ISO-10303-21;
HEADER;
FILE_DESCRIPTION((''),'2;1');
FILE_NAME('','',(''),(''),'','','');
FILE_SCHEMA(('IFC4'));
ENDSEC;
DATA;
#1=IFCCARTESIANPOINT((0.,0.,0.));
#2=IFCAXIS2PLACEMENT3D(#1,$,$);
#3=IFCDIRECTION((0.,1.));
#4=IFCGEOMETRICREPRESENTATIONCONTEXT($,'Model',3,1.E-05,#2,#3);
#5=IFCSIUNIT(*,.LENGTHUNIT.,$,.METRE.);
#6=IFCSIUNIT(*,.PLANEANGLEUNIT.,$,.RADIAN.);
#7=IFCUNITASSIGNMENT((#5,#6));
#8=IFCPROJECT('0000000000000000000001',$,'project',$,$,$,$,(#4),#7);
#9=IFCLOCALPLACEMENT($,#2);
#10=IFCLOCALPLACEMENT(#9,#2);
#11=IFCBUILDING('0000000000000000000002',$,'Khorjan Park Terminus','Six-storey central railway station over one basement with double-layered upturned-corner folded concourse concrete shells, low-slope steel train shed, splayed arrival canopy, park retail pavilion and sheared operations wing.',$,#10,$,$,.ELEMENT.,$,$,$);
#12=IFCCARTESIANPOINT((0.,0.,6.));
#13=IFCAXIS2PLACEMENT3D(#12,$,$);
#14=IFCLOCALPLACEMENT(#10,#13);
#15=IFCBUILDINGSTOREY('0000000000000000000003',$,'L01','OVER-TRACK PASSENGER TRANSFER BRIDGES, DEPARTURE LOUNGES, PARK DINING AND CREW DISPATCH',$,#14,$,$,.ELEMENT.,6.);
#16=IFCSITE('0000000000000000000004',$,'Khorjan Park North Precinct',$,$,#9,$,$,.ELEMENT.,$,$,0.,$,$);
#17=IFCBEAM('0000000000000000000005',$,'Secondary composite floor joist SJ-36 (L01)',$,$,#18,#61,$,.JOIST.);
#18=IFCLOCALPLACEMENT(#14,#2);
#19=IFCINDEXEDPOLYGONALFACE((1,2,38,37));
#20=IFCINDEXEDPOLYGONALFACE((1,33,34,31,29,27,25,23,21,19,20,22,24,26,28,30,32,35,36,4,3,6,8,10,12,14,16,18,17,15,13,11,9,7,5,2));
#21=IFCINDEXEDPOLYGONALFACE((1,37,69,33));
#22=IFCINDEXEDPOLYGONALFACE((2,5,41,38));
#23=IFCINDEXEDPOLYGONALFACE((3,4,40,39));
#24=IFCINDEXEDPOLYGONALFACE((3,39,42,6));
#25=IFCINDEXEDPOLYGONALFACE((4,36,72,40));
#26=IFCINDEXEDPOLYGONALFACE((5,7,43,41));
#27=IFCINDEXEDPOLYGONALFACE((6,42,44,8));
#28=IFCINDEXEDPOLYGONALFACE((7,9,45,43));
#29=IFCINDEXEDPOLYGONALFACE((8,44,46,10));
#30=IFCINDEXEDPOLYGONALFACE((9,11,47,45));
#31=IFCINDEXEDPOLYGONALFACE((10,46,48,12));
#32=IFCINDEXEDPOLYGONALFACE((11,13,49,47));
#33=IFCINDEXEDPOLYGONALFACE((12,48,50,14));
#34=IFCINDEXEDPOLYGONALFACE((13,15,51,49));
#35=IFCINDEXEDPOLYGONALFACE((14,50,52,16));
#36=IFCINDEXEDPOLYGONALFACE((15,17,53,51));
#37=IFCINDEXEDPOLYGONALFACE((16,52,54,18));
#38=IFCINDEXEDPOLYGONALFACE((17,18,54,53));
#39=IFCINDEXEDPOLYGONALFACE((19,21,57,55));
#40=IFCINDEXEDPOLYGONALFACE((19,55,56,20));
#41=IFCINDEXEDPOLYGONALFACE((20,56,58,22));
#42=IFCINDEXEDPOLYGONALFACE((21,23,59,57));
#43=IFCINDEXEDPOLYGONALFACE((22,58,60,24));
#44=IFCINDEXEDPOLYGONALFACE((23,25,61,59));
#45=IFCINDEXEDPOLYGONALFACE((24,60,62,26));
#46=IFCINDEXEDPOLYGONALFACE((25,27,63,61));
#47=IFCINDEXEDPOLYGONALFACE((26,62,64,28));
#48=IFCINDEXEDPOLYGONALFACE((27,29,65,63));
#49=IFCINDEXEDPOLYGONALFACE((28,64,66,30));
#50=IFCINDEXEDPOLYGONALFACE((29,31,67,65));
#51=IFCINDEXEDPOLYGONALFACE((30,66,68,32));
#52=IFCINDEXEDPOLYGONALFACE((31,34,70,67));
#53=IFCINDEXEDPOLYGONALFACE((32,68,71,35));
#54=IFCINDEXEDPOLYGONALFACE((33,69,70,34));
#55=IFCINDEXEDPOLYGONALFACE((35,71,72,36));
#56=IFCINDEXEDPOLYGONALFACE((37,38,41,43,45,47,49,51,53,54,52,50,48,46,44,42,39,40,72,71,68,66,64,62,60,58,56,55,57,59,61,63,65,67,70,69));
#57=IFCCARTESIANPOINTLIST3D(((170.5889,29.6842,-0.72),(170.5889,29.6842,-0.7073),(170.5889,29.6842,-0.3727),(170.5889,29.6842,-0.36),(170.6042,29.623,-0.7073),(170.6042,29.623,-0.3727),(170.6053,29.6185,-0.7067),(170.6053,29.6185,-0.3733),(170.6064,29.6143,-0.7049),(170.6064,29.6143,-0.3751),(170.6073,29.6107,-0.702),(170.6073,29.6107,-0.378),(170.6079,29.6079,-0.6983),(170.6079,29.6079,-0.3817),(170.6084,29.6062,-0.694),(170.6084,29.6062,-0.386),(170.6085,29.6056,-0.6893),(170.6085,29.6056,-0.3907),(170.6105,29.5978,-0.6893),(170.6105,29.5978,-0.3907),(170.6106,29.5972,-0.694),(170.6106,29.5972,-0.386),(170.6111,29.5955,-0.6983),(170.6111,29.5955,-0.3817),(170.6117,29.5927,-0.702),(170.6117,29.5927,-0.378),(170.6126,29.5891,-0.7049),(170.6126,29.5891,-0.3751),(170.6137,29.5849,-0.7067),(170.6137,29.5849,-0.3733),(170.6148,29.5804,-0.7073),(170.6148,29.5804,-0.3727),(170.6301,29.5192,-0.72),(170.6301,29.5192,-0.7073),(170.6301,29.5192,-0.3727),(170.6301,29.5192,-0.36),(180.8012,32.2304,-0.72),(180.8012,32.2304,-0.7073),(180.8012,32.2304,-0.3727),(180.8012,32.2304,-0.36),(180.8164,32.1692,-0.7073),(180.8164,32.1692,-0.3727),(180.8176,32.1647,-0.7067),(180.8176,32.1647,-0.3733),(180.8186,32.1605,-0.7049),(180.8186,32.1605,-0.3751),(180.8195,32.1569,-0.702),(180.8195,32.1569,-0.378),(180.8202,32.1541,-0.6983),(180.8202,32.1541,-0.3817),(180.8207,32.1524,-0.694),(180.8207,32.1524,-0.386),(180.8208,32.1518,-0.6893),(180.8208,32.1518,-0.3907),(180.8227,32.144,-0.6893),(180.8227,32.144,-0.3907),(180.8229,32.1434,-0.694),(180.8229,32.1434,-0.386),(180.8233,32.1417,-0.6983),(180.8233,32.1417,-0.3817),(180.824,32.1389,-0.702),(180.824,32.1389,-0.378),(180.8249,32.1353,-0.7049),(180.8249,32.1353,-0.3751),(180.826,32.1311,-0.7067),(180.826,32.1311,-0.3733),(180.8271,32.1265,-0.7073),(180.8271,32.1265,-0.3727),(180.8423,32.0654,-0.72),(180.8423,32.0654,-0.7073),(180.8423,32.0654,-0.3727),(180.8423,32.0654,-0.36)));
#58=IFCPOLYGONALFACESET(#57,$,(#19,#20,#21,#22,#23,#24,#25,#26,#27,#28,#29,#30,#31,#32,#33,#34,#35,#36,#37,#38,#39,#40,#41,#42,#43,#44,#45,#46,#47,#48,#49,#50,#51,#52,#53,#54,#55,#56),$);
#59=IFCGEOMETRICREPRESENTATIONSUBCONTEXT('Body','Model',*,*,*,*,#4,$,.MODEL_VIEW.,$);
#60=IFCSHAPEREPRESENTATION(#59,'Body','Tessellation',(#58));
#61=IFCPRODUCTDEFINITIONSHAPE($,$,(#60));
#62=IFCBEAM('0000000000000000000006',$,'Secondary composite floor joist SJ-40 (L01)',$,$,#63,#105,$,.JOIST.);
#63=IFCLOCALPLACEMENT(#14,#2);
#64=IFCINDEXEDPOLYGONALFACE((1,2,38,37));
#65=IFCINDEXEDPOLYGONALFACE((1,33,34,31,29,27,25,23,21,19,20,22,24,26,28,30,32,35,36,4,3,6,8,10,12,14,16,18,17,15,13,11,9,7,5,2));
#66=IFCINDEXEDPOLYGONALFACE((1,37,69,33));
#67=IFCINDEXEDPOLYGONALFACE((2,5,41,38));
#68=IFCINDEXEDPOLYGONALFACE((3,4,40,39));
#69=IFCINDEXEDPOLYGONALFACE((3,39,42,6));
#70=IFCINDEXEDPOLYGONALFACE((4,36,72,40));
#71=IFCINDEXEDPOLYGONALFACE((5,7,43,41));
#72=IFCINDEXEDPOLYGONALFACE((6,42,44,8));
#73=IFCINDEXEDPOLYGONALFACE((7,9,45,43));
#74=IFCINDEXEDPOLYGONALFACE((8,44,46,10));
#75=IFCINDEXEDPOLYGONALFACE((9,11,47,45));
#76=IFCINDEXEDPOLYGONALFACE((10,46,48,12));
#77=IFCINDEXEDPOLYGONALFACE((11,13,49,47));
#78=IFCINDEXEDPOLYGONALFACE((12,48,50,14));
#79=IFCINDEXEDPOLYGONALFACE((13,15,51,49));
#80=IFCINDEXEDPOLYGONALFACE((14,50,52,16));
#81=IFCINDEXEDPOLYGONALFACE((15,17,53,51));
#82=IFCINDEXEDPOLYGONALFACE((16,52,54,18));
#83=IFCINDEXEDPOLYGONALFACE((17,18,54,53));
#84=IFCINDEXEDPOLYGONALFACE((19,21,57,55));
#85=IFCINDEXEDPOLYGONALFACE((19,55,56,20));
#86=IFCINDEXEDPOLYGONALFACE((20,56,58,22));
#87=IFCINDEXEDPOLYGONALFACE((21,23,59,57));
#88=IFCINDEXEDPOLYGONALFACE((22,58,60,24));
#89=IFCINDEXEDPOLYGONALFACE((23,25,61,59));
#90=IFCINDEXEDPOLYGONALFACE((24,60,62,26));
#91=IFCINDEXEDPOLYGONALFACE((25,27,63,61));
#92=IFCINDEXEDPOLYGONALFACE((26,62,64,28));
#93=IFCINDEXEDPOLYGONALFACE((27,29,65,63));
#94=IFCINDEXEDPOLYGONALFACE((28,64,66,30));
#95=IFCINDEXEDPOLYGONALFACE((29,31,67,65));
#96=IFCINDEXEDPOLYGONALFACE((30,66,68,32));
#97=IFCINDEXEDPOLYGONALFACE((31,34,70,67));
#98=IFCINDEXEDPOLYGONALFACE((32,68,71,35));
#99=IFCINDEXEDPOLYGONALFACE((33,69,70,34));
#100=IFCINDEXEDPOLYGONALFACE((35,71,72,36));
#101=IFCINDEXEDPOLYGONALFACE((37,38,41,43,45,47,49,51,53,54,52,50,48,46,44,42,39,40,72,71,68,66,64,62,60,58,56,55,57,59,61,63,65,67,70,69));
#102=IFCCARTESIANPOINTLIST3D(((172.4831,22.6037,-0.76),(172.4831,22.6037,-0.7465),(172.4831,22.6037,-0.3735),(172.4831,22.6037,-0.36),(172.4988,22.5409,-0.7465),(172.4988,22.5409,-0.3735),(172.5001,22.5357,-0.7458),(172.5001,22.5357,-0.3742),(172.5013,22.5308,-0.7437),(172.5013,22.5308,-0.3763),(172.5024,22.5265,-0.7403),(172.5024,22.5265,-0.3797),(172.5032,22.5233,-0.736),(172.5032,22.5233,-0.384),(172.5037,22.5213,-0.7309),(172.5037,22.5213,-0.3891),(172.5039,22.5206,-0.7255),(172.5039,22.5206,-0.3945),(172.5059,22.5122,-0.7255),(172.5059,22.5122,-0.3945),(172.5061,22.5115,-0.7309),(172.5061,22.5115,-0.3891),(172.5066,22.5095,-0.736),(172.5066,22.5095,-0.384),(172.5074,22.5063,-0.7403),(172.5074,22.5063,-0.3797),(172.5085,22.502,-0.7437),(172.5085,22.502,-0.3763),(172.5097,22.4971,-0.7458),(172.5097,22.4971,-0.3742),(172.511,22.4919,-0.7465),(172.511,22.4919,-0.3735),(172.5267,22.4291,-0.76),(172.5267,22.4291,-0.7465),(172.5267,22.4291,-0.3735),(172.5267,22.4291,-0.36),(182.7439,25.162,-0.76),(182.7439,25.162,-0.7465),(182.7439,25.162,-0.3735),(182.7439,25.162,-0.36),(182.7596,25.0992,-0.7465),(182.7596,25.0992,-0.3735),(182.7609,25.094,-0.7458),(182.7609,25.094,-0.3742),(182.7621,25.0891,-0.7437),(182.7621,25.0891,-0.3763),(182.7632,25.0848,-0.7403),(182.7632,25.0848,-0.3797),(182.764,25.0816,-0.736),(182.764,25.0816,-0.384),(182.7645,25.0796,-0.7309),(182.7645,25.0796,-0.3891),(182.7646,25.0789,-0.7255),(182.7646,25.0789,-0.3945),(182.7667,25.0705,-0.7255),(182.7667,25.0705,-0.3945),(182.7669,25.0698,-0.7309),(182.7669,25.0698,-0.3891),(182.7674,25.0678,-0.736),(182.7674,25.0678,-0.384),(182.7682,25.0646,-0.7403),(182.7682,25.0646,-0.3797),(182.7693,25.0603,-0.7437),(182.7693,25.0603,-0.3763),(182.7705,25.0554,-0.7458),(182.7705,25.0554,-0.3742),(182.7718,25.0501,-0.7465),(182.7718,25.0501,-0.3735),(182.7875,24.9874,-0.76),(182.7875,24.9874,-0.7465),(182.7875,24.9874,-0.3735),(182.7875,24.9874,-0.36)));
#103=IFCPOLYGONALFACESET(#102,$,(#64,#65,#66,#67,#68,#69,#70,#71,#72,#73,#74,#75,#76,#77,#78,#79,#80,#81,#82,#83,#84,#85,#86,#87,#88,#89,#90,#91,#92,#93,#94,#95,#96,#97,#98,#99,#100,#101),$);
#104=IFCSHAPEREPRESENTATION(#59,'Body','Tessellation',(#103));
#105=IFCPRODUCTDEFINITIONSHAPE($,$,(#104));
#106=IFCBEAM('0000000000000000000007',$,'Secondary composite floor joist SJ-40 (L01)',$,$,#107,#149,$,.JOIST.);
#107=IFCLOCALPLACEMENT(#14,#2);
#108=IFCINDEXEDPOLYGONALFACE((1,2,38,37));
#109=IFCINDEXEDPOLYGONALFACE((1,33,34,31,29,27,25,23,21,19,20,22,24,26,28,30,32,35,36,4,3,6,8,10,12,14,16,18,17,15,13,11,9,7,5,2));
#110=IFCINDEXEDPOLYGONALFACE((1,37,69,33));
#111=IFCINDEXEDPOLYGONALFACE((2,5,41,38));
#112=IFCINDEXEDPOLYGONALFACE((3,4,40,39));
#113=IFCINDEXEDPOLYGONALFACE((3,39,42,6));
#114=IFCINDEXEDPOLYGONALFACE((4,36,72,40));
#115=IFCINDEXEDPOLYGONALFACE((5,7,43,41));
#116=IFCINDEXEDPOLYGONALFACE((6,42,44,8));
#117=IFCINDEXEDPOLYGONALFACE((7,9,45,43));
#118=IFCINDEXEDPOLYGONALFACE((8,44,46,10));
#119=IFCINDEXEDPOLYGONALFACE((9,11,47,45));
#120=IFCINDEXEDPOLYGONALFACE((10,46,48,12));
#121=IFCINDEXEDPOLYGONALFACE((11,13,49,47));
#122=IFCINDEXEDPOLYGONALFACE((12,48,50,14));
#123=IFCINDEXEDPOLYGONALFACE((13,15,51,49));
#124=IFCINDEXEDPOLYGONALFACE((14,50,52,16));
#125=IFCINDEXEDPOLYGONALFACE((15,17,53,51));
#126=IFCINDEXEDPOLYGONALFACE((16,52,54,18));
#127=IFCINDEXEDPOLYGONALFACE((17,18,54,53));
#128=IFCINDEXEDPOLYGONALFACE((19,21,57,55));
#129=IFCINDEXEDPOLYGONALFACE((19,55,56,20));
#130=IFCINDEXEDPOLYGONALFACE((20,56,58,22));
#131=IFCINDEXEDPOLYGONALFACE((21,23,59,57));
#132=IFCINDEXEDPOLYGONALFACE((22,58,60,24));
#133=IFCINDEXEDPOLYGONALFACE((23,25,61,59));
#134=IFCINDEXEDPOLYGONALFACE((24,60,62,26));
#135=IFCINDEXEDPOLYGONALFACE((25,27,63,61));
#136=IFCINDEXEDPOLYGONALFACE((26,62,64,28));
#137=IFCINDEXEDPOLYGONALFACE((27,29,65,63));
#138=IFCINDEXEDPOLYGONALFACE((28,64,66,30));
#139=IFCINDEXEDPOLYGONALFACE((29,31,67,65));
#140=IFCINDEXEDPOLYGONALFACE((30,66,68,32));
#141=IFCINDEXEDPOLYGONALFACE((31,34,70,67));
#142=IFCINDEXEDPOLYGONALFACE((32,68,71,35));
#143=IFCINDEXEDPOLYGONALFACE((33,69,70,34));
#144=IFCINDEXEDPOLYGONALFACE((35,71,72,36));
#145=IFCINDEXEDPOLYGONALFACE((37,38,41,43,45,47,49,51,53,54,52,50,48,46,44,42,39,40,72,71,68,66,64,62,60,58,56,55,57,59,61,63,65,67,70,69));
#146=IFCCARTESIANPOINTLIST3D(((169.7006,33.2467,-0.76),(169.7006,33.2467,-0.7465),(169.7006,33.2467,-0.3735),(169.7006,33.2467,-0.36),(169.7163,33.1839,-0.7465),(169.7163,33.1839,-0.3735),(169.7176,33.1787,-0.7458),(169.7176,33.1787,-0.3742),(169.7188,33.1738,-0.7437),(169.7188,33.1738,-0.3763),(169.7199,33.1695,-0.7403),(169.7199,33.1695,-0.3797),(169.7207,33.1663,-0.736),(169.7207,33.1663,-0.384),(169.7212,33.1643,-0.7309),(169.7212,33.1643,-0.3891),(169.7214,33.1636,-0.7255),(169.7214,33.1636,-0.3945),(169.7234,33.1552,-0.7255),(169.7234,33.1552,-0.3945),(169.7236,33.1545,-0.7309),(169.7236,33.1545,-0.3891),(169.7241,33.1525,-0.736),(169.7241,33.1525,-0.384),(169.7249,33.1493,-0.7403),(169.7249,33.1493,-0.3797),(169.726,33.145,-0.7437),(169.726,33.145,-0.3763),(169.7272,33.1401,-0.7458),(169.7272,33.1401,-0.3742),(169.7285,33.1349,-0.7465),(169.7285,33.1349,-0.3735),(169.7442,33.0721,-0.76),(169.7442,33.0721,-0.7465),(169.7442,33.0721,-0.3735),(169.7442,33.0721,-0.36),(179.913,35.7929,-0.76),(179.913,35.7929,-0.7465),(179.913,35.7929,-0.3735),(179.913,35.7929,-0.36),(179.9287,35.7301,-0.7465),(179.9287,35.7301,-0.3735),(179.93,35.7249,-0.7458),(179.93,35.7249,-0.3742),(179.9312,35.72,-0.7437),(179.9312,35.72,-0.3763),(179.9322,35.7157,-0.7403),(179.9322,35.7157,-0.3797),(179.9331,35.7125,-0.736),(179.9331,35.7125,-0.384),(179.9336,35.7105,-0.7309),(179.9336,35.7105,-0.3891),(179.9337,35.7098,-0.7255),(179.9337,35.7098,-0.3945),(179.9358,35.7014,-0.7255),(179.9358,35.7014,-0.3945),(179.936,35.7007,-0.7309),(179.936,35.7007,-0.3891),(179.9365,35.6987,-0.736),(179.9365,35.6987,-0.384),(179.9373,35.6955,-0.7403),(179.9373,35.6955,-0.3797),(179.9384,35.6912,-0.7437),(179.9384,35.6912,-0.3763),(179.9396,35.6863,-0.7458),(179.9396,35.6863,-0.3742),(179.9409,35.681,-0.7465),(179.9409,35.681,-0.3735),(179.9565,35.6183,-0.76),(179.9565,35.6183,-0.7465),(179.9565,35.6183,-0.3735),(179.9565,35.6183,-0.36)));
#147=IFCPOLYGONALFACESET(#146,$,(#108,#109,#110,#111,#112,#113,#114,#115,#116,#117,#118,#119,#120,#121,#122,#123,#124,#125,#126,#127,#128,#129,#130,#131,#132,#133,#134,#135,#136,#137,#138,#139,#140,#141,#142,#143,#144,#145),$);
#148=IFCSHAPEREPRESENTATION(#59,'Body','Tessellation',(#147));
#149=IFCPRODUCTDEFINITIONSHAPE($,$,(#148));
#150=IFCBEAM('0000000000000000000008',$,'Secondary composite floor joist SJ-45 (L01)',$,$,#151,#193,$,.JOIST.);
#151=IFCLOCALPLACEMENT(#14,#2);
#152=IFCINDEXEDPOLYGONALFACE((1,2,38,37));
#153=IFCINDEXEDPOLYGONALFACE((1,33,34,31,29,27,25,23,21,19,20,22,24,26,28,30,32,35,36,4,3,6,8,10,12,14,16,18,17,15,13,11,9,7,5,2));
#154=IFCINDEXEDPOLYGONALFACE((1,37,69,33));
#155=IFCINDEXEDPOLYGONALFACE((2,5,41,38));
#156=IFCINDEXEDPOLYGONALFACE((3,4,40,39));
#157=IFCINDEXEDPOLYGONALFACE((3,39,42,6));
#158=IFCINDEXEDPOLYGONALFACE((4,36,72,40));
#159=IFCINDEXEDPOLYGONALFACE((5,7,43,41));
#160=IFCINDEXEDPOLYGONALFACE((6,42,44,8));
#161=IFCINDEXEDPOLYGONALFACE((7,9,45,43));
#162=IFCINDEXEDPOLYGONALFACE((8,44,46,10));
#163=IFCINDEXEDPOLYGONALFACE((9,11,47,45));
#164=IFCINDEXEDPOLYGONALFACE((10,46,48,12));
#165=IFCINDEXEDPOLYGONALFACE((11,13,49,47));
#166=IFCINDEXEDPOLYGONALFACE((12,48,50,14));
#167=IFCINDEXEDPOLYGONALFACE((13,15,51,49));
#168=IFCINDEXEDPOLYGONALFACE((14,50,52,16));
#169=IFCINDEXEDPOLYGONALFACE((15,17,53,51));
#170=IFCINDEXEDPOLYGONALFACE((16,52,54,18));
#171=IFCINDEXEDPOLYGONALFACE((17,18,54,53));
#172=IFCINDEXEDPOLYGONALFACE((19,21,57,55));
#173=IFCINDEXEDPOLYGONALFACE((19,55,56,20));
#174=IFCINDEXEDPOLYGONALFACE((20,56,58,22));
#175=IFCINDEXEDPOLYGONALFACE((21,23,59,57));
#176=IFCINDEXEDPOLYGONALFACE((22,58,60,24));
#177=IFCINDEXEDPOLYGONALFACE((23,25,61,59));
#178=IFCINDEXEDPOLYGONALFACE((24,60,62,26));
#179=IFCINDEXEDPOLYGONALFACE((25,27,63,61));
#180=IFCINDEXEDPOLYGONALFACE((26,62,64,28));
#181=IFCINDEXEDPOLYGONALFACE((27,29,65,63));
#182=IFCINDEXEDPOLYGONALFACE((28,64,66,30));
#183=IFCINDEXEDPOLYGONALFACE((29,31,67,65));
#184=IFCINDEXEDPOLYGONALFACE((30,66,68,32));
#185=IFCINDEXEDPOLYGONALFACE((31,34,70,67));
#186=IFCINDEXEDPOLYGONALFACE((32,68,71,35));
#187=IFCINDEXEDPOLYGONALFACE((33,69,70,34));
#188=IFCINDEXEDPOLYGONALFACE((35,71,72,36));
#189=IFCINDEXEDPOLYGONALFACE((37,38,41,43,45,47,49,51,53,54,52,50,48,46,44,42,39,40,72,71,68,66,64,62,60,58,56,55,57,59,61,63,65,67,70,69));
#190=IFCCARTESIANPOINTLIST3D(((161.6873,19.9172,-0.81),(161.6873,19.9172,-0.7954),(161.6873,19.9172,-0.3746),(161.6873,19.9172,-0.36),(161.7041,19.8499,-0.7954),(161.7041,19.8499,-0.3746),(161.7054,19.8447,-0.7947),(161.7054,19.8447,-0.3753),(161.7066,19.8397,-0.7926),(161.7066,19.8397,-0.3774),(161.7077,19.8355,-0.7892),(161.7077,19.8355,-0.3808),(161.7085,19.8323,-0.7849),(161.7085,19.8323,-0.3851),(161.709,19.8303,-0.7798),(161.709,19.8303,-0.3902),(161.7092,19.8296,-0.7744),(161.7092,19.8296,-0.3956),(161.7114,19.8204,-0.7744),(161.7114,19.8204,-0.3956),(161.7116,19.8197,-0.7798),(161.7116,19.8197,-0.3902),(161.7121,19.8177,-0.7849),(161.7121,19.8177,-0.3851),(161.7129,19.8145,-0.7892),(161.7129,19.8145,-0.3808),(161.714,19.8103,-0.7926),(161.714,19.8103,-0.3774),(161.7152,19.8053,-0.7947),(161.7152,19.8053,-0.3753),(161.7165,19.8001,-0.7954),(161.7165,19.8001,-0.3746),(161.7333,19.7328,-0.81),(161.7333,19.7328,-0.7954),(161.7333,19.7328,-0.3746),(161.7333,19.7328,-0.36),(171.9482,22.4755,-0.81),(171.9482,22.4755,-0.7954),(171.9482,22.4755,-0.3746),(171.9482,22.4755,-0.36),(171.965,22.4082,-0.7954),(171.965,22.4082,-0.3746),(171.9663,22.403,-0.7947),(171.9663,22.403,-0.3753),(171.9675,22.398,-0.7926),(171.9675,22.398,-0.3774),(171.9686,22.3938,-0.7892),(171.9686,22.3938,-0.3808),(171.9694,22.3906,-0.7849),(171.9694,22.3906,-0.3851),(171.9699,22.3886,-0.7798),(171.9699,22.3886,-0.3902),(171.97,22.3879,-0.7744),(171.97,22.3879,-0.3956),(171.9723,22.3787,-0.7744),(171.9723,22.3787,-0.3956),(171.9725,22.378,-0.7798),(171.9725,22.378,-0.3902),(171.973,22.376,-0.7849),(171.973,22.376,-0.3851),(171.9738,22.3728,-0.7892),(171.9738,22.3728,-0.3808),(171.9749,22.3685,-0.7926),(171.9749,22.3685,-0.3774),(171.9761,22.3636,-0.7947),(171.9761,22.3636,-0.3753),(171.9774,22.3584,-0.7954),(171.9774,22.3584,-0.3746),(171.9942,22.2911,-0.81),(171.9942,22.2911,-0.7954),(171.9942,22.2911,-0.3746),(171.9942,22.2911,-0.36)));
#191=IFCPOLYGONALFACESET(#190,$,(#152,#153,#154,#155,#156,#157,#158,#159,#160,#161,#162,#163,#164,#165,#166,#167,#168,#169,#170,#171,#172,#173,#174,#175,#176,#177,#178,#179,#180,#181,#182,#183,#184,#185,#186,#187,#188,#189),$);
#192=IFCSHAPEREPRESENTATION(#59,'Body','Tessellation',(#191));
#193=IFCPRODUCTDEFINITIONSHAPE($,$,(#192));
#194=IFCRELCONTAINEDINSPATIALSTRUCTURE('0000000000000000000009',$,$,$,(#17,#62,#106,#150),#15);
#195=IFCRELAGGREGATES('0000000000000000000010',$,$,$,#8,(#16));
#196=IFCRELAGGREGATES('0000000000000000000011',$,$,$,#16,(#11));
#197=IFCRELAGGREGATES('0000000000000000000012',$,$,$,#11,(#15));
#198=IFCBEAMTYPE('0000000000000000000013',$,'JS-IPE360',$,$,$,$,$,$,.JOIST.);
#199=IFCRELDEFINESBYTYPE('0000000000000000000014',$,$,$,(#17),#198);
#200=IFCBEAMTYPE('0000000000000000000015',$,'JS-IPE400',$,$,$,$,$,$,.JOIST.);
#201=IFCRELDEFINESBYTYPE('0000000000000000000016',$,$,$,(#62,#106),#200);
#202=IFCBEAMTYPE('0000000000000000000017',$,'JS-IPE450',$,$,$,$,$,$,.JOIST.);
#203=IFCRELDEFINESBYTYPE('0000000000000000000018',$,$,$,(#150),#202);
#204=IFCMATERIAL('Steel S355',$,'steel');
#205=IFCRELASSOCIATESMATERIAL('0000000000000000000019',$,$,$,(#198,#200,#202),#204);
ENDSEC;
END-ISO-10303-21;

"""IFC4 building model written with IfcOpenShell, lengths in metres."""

from ifc_helpers import new_model, si_unit, direction, frame, origin, origin_2d, place, context, subcontext, project, spatial, i_section, extrude, material, material_profile, profile_set, type_object, element, save


model = new_model("IFC4")

# Units and contexts
model_context = context("Model", 3, precision=1e-05, world=origin(), true_north=direction((0.0, 1.0)))
body_context = subcontext(model_context, "Body", "Model", "MODEL_VIEW")
ifc_project = project(units=[si_unit("LENGTHUNIT", "METRE"), si_unit("PLANEANGLEUNIT", "RADIAN")], contexts=[model_context])

# Site, building, storey
site_placement = place(None, origin())
site = spatial("IfcSite", under=ifc_project, at=site_placement, Name="Khorjan Park North Precinct", CompositionType="ELEMENT", RefElevation=0.0)
building_placement = place(site_placement, origin())
building = spatial("IfcBuilding", under=site, at=building_placement, Name="Khorjan Park Terminus", Description="Six-storey central railway station over one basement with double-layered upturned-corner folded concourse concrete shells, low-slope steel train shed, splayed arrival canopy, park retail pavilion and sheared operations wing.", CompositionType="ELEMENT")
storey_placement = place(building_placement, frame((0.0, 0.0, 6.0)))
storey = spatial("IfcBuildingStorey", under=building, at=storey_placement, Name="L01", Description="OVER-TRACK PASSENGER TRANSFER BRIDGES, DEPARTURE LOUNGES, PARK DINING AND CREW DISPATCH", CompositionType="ELEMENT", Elevation=6.0)

# Beams
ifc_material_1 = material(Name="Steel S355", Category="steel")
ifc_material_profile_1 = material_profile(ifc_material_1, i_section(OverallWidth=0.17, OverallDepth=0.36, WebThickness=0.008, FlangeThickness=0.0127, FilletRadius=0.018, at=origin_2d()), Name="IPE 360")
ifc_profile_set_1 = profile_set([ifc_material_profile_1], Name="Steel S355")
beam_type_1 = type_object("IfcBeamType", Name="JS-IPE360", PredefinedType="JOIST", material=ifc_profile_set_1)
beam_1_placement = place(storey_placement, frame((170.6095, 29.6017, -0.54), z_axis=(0.970296, 0.241921, 0.0), x_axis=(-0.241921, 0.970296, 0.0)))
element("IfcBeam", 1, at=beam_1_placement, inside=storey, type_object=beam_type_1, Name="Secondary composite floor joist SJ-36 (L01)", PredefinedType="JOIST", context=body_context, shape_type="SweptSolid", body=[
    extrude(i_section(OverallWidth=0.17, OverallDepth=0.36, WebThickness=0.008, FlangeThickness=0.0127, FilletRadius=0.018, at=origin_2d()), origin(), (0.0, 0.0, 1.0), 10.5249),
])
ifc_material_profile_2 = material_profile(ifc_material_1, i_section(OverallWidth=0.18, OverallDepth=0.4, WebThickness=0.0086, FlangeThickness=0.0135, FilletRadius=0.021, at=origin_2d()), Name="IPE 400")
ifc_profile_set_2 = profile_set([ifc_material_profile_2], Name="Steel S355")
beam_type_2 = type_object("IfcBeamType", Name="JS-IPE400", PredefinedType="JOIST", material=ifc_profile_set_2)
beam_2_placement = place(storey_placement, frame((172.5049, 22.5164, -0.56), z_axis=(0.970296, 0.241921, 0.0), x_axis=(-0.241921, 0.970296, 0.0)))
element("IfcBeam", 2, at=beam_2_placement, inside=storey, type_object=beam_type_2, Name="Secondary composite floor joist SJ-40 (L01)", PredefinedType="JOIST", context=body_context, shape_type="SweptSolid", body=[
    extrude(i_section(OverallWidth=0.18, OverallDepth=0.4, WebThickness=0.0086, FlangeThickness=0.0135, FilletRadius=0.021, at=origin_2d()), origin(), (0.0, 0.0, 1.0), 10.5749),
])
beam_3_placement = place(storey_placement, frame((169.7224, 33.1594, -0.56), z_axis=(0.970297, 0.241919, 0.0), x_axis=(-0.241919, 0.970297, 0.0)))
element("IfcBeam", 3, at=beam_3_placement, inside=storey, type_object=beam_type_2, Name="Secondary composite floor joist SJ-40 (L01)", PredefinedType="JOIST", context=body_context, shape_type="SweptSolid", body=[
    extrude(i_section(OverallWidth=0.18, OverallDepth=0.4, WebThickness=0.0086, FlangeThickness=0.0135, FilletRadius=0.021, at=origin_2d()), origin(), (0.0, 0.0, 1.0), 10.525),
])
ifc_material_profile_3 = material_profile(ifc_material_1, i_section(OverallWidth=0.19, OverallDepth=0.45, WebThickness=0.0094, FlangeThickness=0.0146, FilletRadius=0.021, at=origin_2d()), Name="IPE 450")
ifc_profile_set_3 = profile_set([ifc_material_profile_3], Name="Steel S355")
beam_type_3 = type_object("IfcBeamType", Name="JS-IPE450", PredefinedType="JOIST", material=ifc_profile_set_3)
beam_4_placement = place(storey_placement, frame((161.7103, 19.825, -0.585), z_axis=(0.970296, 0.241919, 0.0), x_axis=(-0.241919, 0.970296, 0.0)))
element("IfcBeam", 4, at=beam_4_placement, inside=storey, type_object=beam_type_3, Name="Secondary composite floor joist SJ-45 (L01)", PredefinedType="JOIST", context=body_context, shape_type="SweptSolid", body=[
    extrude(i_section(OverallWidth=0.19, OverallDepth=0.45, WebThickness=0.0094, FlangeThickness=0.0146, FilletRadius=0.021, at=origin_2d()), origin(), (0.0, 0.0, 1.0), 10.575),
])

save(model, "model.ifc")
